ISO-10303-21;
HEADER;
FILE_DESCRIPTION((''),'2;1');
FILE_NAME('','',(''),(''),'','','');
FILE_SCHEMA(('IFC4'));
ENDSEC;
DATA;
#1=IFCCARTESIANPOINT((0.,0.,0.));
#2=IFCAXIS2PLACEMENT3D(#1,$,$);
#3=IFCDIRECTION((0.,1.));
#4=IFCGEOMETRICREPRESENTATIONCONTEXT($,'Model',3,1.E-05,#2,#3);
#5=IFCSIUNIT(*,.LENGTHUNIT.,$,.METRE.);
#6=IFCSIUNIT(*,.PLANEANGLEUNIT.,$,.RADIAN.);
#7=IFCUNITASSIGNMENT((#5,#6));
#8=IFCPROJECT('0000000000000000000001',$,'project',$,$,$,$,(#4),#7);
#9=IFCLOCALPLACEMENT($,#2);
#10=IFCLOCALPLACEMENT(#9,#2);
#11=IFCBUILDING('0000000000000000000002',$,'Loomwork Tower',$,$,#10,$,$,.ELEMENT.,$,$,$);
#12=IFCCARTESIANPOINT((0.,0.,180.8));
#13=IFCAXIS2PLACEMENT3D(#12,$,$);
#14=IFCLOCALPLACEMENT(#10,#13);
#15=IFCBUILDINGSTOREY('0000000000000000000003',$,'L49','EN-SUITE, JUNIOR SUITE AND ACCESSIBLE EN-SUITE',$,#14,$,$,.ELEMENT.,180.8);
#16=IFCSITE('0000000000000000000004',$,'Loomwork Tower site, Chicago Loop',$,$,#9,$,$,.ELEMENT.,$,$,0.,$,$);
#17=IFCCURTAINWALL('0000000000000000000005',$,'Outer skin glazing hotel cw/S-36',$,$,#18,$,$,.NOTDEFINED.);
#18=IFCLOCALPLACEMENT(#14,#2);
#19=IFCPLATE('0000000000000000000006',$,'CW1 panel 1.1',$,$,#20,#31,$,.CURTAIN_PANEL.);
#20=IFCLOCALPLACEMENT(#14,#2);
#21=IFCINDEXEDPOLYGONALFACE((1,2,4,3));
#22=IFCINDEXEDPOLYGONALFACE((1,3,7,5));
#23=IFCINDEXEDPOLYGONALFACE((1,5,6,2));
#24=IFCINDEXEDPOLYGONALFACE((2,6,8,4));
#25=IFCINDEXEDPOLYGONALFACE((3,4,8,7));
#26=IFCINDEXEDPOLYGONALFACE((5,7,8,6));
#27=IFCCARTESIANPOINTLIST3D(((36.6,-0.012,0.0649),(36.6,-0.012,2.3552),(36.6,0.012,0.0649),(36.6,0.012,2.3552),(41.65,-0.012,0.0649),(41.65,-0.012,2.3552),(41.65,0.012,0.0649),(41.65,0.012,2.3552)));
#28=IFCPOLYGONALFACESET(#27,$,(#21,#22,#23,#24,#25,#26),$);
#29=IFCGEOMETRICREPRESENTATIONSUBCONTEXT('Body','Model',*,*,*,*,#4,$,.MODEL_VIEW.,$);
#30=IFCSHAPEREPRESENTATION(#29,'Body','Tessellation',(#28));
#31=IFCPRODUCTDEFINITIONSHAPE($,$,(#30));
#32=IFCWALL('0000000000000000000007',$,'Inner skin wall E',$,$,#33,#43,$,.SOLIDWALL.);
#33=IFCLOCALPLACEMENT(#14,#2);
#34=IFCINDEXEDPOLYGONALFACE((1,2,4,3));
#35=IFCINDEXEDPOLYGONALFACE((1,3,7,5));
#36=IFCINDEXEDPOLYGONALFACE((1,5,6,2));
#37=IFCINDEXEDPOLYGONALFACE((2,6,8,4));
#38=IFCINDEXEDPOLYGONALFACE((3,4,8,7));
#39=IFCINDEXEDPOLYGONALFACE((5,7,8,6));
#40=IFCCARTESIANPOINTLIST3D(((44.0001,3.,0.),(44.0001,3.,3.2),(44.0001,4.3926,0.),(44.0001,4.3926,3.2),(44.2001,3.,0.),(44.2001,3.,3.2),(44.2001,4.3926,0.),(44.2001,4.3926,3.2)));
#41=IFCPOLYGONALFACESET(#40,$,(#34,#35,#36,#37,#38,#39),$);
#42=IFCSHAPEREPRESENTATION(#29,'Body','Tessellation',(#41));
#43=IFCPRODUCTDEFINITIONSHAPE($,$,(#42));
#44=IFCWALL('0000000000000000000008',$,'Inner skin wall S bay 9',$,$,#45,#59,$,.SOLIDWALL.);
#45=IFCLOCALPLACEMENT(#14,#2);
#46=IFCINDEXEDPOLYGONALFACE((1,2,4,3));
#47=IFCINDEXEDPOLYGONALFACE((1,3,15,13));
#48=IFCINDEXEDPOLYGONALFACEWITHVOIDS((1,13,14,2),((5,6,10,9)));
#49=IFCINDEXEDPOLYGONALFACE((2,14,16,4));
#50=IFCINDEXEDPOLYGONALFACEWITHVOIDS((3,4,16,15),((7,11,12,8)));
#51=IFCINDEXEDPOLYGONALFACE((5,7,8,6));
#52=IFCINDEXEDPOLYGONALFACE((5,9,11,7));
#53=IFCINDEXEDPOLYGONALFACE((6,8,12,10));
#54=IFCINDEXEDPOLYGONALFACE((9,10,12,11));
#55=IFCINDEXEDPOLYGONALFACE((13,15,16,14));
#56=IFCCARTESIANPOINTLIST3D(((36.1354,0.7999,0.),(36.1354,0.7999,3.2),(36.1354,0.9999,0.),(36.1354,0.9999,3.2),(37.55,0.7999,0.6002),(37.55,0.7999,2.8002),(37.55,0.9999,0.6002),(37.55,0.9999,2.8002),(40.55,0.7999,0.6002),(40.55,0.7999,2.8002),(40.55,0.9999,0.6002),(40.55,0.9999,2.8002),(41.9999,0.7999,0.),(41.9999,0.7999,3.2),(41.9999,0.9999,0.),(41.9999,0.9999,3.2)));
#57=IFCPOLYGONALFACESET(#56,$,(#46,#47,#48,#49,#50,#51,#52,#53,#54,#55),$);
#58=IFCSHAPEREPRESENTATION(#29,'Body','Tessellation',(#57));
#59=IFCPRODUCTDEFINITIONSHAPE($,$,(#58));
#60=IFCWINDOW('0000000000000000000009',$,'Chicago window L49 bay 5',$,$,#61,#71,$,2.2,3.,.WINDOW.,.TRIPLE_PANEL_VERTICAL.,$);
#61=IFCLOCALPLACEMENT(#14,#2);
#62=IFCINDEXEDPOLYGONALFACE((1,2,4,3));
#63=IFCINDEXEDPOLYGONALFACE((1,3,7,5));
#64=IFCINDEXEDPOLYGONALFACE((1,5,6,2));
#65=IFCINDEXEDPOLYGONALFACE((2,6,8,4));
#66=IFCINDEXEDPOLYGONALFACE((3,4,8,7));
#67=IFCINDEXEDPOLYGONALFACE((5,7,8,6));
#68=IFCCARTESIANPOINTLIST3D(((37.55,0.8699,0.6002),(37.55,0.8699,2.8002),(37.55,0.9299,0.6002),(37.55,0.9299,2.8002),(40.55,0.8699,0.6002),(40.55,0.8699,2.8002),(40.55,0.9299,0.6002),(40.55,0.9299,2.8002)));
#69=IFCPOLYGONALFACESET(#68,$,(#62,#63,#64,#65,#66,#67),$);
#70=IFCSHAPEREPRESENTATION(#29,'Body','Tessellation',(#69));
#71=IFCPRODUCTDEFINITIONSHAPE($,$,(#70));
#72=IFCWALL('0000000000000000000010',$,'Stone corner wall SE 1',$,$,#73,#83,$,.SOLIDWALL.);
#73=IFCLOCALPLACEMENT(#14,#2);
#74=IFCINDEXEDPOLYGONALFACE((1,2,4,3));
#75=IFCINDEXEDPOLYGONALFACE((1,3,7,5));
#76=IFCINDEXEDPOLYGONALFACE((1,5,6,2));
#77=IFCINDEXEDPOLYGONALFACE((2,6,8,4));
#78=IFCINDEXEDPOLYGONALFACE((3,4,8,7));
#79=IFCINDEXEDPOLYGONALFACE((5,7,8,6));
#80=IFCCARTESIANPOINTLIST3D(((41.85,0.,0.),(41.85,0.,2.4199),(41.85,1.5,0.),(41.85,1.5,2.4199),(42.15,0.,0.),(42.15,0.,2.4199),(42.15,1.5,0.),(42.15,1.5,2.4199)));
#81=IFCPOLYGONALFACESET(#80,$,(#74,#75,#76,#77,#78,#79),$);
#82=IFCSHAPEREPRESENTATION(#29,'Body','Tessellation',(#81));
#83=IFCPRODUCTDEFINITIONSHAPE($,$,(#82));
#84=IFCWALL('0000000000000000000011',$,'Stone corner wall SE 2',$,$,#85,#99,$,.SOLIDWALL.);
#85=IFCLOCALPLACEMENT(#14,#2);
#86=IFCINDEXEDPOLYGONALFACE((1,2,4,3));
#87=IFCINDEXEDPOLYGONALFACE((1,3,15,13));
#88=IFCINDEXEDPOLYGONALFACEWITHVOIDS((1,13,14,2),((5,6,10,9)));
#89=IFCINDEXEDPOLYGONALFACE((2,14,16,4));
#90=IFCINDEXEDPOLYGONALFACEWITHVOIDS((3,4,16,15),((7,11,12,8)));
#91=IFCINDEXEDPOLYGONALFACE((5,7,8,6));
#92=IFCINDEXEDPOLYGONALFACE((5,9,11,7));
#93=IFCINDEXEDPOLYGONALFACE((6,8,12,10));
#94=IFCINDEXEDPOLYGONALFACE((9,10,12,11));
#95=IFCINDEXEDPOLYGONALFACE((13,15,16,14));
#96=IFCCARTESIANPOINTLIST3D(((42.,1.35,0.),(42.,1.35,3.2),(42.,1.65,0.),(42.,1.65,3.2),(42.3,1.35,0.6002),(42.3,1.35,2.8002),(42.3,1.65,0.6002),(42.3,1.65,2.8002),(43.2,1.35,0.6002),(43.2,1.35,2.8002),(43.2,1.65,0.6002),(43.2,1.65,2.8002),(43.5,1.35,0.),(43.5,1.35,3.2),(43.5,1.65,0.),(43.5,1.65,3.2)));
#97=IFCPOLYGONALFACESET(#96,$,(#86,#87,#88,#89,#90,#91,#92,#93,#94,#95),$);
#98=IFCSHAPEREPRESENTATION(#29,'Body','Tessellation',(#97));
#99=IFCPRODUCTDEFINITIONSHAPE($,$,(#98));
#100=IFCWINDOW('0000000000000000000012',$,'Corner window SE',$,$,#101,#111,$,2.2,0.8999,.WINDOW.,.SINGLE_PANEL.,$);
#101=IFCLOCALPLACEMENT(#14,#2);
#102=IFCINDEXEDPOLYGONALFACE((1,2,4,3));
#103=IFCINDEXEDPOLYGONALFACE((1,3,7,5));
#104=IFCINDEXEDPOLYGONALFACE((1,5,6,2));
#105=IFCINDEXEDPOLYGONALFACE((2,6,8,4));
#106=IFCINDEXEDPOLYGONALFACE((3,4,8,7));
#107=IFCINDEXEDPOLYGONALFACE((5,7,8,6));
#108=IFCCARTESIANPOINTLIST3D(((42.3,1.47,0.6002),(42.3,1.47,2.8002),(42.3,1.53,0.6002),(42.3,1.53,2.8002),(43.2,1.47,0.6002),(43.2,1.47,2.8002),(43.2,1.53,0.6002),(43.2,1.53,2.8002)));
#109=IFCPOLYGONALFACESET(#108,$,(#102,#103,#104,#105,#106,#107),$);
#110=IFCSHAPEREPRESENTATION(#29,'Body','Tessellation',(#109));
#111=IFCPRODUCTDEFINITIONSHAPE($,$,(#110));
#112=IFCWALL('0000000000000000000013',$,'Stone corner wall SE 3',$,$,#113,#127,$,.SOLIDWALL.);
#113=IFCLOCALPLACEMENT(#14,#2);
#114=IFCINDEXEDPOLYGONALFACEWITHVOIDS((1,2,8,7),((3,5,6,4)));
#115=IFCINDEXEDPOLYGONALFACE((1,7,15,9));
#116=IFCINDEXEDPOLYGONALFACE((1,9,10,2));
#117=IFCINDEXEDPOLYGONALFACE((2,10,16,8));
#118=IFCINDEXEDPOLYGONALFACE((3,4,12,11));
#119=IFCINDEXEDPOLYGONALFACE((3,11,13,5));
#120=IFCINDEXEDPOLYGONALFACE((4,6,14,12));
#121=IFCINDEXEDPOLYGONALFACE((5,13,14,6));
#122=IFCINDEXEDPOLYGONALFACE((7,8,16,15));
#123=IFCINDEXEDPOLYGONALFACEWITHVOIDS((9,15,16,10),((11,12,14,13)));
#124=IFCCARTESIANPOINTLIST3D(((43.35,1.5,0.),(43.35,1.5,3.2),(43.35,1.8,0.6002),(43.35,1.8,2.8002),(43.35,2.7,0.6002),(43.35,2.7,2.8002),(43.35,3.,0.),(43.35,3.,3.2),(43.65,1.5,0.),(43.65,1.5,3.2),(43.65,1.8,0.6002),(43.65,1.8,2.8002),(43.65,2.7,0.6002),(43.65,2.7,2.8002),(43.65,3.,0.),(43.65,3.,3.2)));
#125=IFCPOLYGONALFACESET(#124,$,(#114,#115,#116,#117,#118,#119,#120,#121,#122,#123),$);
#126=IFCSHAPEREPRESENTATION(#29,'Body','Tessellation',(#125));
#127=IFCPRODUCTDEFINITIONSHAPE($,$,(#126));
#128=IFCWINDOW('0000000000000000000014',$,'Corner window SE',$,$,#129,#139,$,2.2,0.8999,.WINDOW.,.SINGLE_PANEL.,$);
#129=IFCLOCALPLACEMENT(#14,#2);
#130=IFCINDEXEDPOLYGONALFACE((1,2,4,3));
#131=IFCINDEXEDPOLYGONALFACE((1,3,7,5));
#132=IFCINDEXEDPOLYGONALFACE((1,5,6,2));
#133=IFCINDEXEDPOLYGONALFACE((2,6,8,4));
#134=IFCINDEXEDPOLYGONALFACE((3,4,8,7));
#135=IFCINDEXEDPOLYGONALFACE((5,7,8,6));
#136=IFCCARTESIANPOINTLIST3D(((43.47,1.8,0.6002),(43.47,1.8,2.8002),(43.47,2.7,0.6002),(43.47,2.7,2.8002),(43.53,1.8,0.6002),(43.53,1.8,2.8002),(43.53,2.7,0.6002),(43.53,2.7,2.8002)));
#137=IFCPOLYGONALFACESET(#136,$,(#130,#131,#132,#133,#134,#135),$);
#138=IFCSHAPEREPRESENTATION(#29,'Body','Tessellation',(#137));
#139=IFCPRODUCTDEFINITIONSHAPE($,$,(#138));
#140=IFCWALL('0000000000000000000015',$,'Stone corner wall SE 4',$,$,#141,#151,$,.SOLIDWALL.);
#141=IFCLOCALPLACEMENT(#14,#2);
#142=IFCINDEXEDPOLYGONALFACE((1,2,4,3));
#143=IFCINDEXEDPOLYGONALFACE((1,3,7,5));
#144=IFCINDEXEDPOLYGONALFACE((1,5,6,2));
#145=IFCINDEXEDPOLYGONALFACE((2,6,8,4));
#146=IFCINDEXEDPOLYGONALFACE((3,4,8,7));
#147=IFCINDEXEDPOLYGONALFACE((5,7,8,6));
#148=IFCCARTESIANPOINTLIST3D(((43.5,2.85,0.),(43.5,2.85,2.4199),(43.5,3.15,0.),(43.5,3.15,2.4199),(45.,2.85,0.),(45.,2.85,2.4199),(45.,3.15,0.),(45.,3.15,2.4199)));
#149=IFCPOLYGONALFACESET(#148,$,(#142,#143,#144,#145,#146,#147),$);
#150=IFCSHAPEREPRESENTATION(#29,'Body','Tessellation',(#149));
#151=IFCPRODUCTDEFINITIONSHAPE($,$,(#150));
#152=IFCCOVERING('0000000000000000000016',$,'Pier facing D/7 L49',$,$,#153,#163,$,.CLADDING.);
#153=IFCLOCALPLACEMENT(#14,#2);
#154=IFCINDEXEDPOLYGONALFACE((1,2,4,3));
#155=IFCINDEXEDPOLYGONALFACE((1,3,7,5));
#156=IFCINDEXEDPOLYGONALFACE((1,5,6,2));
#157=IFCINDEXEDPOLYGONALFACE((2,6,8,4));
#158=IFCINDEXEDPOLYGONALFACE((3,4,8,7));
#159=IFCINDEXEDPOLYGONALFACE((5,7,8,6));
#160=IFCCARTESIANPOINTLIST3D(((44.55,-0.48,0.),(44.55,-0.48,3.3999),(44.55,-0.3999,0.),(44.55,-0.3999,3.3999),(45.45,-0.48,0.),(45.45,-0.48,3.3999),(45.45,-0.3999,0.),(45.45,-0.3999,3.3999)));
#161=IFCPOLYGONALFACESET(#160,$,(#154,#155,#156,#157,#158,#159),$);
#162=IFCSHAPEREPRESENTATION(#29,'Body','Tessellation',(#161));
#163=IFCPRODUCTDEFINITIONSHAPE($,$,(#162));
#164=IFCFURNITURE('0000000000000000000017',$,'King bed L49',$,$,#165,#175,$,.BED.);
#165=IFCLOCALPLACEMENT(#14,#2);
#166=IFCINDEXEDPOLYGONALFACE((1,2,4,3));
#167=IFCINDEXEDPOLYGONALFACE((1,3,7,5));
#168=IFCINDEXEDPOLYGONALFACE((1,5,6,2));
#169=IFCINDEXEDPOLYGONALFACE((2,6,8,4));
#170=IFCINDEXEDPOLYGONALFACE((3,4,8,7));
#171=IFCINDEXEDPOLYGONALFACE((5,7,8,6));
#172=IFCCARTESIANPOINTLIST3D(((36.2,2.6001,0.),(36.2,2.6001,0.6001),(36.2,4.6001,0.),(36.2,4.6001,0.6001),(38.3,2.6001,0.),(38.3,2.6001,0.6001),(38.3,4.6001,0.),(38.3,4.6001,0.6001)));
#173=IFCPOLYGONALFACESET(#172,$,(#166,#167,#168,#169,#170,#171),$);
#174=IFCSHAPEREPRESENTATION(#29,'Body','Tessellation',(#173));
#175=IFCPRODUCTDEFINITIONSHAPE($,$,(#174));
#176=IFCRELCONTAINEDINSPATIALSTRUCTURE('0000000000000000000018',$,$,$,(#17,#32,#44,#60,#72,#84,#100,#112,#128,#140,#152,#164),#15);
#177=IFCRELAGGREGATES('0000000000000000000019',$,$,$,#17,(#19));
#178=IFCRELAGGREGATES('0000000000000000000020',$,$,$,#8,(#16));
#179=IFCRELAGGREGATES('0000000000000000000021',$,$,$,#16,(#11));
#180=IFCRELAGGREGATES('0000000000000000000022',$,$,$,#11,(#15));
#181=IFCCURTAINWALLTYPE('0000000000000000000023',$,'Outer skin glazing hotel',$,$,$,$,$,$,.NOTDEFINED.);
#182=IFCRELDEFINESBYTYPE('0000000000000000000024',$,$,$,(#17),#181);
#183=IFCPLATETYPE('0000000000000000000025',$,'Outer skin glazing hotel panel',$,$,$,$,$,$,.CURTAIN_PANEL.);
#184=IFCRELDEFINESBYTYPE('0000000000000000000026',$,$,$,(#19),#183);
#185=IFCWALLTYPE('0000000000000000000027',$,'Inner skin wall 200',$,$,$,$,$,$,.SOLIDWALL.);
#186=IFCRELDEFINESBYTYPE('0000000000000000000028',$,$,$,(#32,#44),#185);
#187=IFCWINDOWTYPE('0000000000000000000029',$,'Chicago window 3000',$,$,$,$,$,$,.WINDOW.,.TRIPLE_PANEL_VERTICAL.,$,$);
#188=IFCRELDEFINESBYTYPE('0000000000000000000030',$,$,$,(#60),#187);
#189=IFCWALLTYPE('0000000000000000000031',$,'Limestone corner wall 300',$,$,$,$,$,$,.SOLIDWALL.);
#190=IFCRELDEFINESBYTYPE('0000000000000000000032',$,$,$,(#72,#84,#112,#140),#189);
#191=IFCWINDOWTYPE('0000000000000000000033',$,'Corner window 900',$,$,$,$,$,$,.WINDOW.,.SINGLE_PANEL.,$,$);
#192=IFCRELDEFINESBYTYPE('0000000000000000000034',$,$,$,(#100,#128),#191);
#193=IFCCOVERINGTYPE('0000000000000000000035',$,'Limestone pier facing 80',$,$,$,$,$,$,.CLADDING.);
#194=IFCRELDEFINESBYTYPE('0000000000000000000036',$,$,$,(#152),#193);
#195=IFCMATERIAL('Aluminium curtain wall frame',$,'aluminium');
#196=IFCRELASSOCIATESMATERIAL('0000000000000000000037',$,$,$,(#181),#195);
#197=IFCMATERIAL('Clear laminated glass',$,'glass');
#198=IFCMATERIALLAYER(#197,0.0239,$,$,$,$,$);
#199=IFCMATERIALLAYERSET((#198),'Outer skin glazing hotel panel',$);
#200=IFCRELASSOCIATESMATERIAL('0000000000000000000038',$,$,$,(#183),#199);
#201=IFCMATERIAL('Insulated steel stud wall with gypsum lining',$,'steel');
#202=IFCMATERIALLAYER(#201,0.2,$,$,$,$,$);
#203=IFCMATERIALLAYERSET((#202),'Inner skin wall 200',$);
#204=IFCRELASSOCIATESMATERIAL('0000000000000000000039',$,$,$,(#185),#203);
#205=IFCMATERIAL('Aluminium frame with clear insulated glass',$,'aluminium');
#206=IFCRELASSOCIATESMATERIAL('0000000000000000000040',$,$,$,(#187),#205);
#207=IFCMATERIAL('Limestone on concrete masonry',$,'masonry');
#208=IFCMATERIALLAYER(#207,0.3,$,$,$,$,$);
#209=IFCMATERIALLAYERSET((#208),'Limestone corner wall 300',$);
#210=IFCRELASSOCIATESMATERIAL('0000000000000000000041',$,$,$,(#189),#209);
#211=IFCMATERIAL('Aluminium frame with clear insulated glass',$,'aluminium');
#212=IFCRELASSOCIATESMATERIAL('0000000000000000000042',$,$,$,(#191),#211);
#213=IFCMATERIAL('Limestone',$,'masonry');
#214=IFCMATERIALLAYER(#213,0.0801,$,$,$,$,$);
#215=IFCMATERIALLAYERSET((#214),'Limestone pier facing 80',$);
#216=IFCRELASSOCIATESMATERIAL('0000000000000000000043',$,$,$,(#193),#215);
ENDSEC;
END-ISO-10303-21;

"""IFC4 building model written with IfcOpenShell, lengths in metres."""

from ifc_helpers import new_model, si_unit, direction, frame, frame_2d, origin, origin_2d, place, context, subcontext, project, spatial, rectangle, extrude, material, layer, layer_set, type_object, element, fill, aggregate, save


model = new_model("IFC4")

# Units and contexts
model_context = context("Model", 3, precision=1e-05, world=origin(), true_north=direction((0.0, 1.0)))
body_context = subcontext(model_context, "Body", "Model", "MODEL_VIEW")
ifc_project = project(units=[si_unit("LENGTHUNIT", "METRE"), si_unit("PLANEANGLEUNIT", "RADIAN")], contexts=[model_context])

# Site, building, storey
site_placement = place(None, origin())
site = spatial("IfcSite", under=ifc_project, at=site_placement, Name="Loomwork Tower site, Chicago Loop", CompositionType="ELEMENT", RefElevation=0.0)
building_placement = place(site_placement, origin())
building = spatial("IfcBuilding", under=site, at=building_placement, Name="Loomwork Tower", CompositionType="ELEMENT")
storey_placement = place(building_placement, frame((0.0, 0.0, 180.8)))
storey = spatial("IfcBuildingStorey", under=building, at=storey_placement, Name="L49", Description="EN-SUITE, JUNIOR SUITE AND ACCESSIBLE EN-SUITE", CompositionType="ELEMENT", Elevation=180.8)

# Curtain wall
ifc_material_1 = material(Name="Aluminium curtain wall frame", Category="aluminium")
curtain_wall_type = type_object("IfcCurtainWallType", Name="Outer skin glazing hotel", PredefinedType="NOTDEFINED", material=ifc_material_1)
curtain_wall_1_placement = place(storey_placement, origin())
curtain_wall_1 = element("IfcCurtainWall", 1, at=curtain_wall_1_placement, inside=storey, type_object=curtain_wall_type, Name="Outer skin glazing hotel cw/S-36", PredefinedType="NOTDEFINED")

# Plate
ifc_material_2 = material(Name="Clear laminated glass", Category="glass")
ifc_layer_1 = layer(ifc_material_2, 0.0239)
ifc_layer_set_1 = layer_set([ifc_layer_1], Name="Outer skin glazing hotel panel")
plate_type = type_object("IfcPlateType", Name="Outer skin glazing hotel panel", PredefinedType="CURTAIN_PANEL", material=ifc_layer_set_1)
plate_placement = place(storey_placement, frame((39.125, 0.0, 0.0649), z_axis=(0.0, 0.0, 1.0), x_axis=(1.0, 0.0, 0.0)))
plate = element("IfcPlate", 2, at=plate_placement, type_object=plate_type, Name="CW1 panel 1.1", PredefinedType="CURTAIN_PANEL", context=body_context, shape_type="SweptSolid", body=[
    extrude(rectangle(XDim=5.05, YDim=0.0239, at=origin_2d()), origin(), (0.0, 0.0, 1.0), 2.2903),
])
aggregate(curtain_wall_1, [plate])

# Wall
ifc_material_3 = material(Name="Insulated steel stud wall with gypsum lining", Category="steel")
ifc_layer_2 = layer(ifc_material_3, 0.2)
ifc_layer_set_2 = layer_set([ifc_layer_2], Name="Inner skin wall 200")
wall_type_1 = type_object("IfcWallType", Name="Inner skin wall 200", PredefinedType="SOLIDWALL", material=ifc_layer_set_2)
wall_1_placement = place(storey_placement, frame((44.1001, 3.0, 0.0), z_axis=(0.0, 0.0, 1.0), x_axis=(0.0, 1.0, 0.0)))
element("IfcWall", 3, at=wall_1_placement, inside=storey, type_object=wall_type_1, Name="Inner skin wall E", PredefinedType="SOLIDWALL", context=body_context, shape_type="SweptSolid", body=[
    extrude(rectangle(XDim=1.3926, YDim=0.2, at=frame_2d((0.6963, 0.0))), origin(), (0.0, 0.0, 1.0), 3.2),
])

# Wall, opening, window
wall_2_placement = place(storey_placement, frame((36.1355, 0.8999, 0.0), z_axis=(0.0, 0.0, 1.0), x_axis=(1.0, 0.0, 0.0)))
wall_2 = element("IfcWall", 4, at=wall_2_placement, inside=storey, type_object=wall_type_1, Name="Inner skin wall S bay 9", PredefinedType="SOLIDWALL", context=body_context, shape_type="SweptSolid", body=[
    extrude(rectangle(XDim=5.8645, YDim=0.2, at=frame_2d((2.9321, 0.0))), origin(), (0.0, 0.0, 1.0), 3.2),
])
opening_1_placement = place(wall_2_placement, frame((1.4146, 0.0, 0.6001)))
opening_1 = element("IfcOpeningElement", 5, at=opening_1_placement, cuts=wall_2, PredefinedType="OPENING", context=body_context, shape_type="SweptSolid", body=[
    extrude(rectangle(XDim=3.0, YDim=2.2, at=frame_2d((1.5, 1.1001))), frame((0.0, 0.1099, 0.0), z_axis=(0.0, -1.0, 0.0), x_axis=(1.0, 0.0, 0.0)), (0.0, 0.0, 1.0), 0.22),
])
ifc_material_4 = material(Name="Aluminium frame with clear insulated glass", Category="aluminium")
window_type_1 = type_object("IfcWindowType", Name="Chicago window 3000", PartitioningType="TRIPLE_PANEL_VERTICAL", PredefinedType="WINDOW", material=ifc_material_4)
window_1_placement = place(opening_1_placement, origin())
window_1 = element("IfcWindow", 6, at=window_1_placement, inside=storey, type_object=window_type_1, Name="Chicago window L49 bay 5", OverallHeight=2.2, OverallWidth=3.0, PartitioningType="TRIPLE_PANEL_VERTICAL", PredefinedType="WINDOW", context=body_context, shape_type="SweptSolid", body=[
    extrude(rectangle(XDim=3.0, YDim=2.2, at=frame_2d((1.5, 1.1001))), frame((0.0, 0.03, 0.0), z_axis=(0.0, -1.0, 0.0), x_axis=(1.0, 0.0, 0.0)), (0.0, 0.0, 1.0), 0.0601),
])
fill(opening_1, window_1)

# Wall
ifc_material_5 = material(Name="Limestone on concrete masonry", Category="masonry")
ifc_layer_3 = layer(ifc_material_5, 0.3)
ifc_layer_set_3 = layer_set([ifc_layer_3], Name="Limestone corner wall 300")
wall_type_2 = type_object("IfcWallType", Name="Limestone corner wall 300", PredefinedType="SOLIDWALL", material=ifc_layer_set_3)
wall_3_placement = place(storey_placement, frame((42.0, 0.0, 0.0), z_axis=(0.0, 0.0, 1.0), x_axis=(0.0, 1.0, 0.0)))
element("IfcWall", 7, at=wall_3_placement, inside=storey, type_object=wall_type_2, Name="Stone corner wall SE 1", PredefinedType="SOLIDWALL", context=body_context, shape_type="SweptSolid", body=[
    extrude(rectangle(XDim=1.5, YDim=0.3, at=frame_2d((0.75, 0.0))), origin(), (0.0, 0.0, 1.0), 2.4199),
])

# Walls, openings, windows
wall_4_placement = place(storey_placement, frame((42.0, 1.5, 0.0), z_axis=(0.0, 0.0, 1.0), x_axis=(1.0, 0.0, 0.0)))
wall_4 = element("IfcWall", 8, at=wall_4_placement, inside=storey, type_object=wall_type_2, Name="Stone corner wall SE 2", PredefinedType="SOLIDWALL", context=body_context, shape_type="SweptSolid", body=[
    extrude(rectangle(XDim=1.5, YDim=0.3, at=frame_2d((0.75, 0.0))), origin(), (0.0, 0.0, 1.0), 3.2),
])
opening_2_placement = place(wall_4_placement, frame((0.3, 0.0, 0.6001)))
opening_2 = element("IfcOpeningElement", 9, at=opening_2_placement, cuts=wall_4, PredefinedType="OPENING", context=body_context, shape_type="SweptSolid", body=[
    extrude(rectangle(XDim=0.8999, YDim=2.2, at=frame_2d((0.45, 1.1001))), frame((0.0, 0.1599, 0.0), z_axis=(0.0, -1.0, 0.0), x_axis=(1.0, 0.0, 0.0)), (0.0, 0.0, 1.0), 0.3201),
])
ifc_material_6 = material(Name="Aluminium frame with clear insulated glass", Category="aluminium")
window_type_2 = type_object("IfcWindowType", Name="Corner window 900", PartitioningType="SINGLE_PANEL", PredefinedType="WINDOW", material=ifc_material_6)
window_2_placement = place(opening_2_placement, origin())
window_2 = element("IfcWindow", 10, at=window_2_placement, inside=storey, type_object=window_type_2, Name="Corner window SE", OverallHeight=2.2, OverallWidth=0.8999, PartitioningType="SINGLE_PANEL", PredefinedType="WINDOW", context=body_context, shape_type="SweptSolid", body=[
    extrude(rectangle(XDim=0.8999, YDim=2.2, at=frame_2d((0.45, 1.1001))), frame((0.0, 0.03, 0.0), z_axis=(0.0, -1.0, 0.0), x_axis=(1.0, 0.0, 0.0)), (0.0, 0.0, 1.0), 0.0601),
])
fill(opening_2, window_2)
wall_5_placement = place(storey_placement, frame((43.5, 1.5, 0.0), z_axis=(0.0, 0.0, 1.0), x_axis=(0.0, 1.0, 0.0)))
wall_5 = element("IfcWall", 11, at=wall_5_placement, inside=storey, type_object=wall_type_2, Name="Stone corner wall SE 3", PredefinedType="SOLIDWALL", context=body_context, shape_type="SweptSolid", body=[
    extrude(rectangle(XDim=1.5, YDim=0.3, at=frame_2d((0.75, 0.0))), origin(), (0.0, 0.0, 1.0), 3.2),
])
opening_3_placement = place(wall_5_placement, frame((0.3, 0.0, 0.6001)))
opening_3 = element("IfcOpeningElement", 12, at=opening_3_placement, cuts=wall_5, PredefinedType="OPENING", context=body_context, shape_type="SweptSolid", body=[
    extrude(rectangle(XDim=0.8999, YDim=2.2, at=frame_2d((0.45, 1.1001))), frame((0.0, 0.1599, 0.0), z_axis=(0.0, -1.0, 0.0), x_axis=(1.0, 0.0, 0.0)), (0.0, 0.0, 1.0), 0.3201),
])
window_3_placement = place(opening_3_placement, origin())
window_3 = element("IfcWindow", 13, at=window_3_placement, inside=storey, type_object=window_type_2, Name="Corner window SE", OverallHeight=2.2, OverallWidth=0.8999, PartitioningType="SINGLE_PANEL", PredefinedType="WINDOW", context=body_context, shape_type="SweptSolid", body=[
    extrude(rectangle(XDim=0.8999, YDim=2.2, at=frame_2d((0.45, 1.1001))), frame((0.0, 0.03, 0.0), z_axis=(0.0, -1.0, 0.0), x_axis=(1.0, 0.0, 0.0)), (0.0, 0.0, 1.0), 0.0601),
])
fill(opening_3, window_3)

# Wall
wall_6_placement = place(storey_placement, frame((43.5, 3.0, 0.0), z_axis=(0.0, 0.0, 1.0), x_axis=(1.0, 0.0, 0.0)))
element("IfcWall", 14, at=wall_6_placement, inside=storey, type_object=wall_type_2, Name="Stone corner wall SE 4", PredefinedType="SOLIDWALL", context=body_context, shape_type="SweptSolid", body=[
    extrude(rectangle(XDim=1.5, YDim=0.3, at=frame_2d((0.75, 0.0))), origin(), (0.0, 0.0, 1.0), 2.4199),
])

# Covering
ifc_material_7 = material(Name="Limestone", Category="masonry")
ifc_layer_4 = layer(ifc_material_7, 0.0801)
ifc_layer_set_4 = layer_set([ifc_layer_4], Name="Limestone pier facing 80")
covering_type = type_object("IfcCoveringType", Name="Limestone pier facing 80", PredefinedType="CLADDING", material=ifc_layer_set_4)
covering_placement = place(storey_placement, frame((45.0, -0.4399, 0.0), z_axis=(0.0, 0.0, 1.0), x_axis=(1.0, 0.0, 0.0)))
element("IfcCovering", 15, at=covering_placement, inside=storey, type_object=covering_type, Name="Pier facing D/7 L49", PredefinedType="CLADDING", context=body_context, shape_type="SweptSolid", body=[
    extrude(rectangle(XDim=0.8999, YDim=0.0801, at=origin_2d()), origin(), (0.0, 0.0, 1.0), 3.3999),
])

# Furniture
furniture_1_placement = place(storey_placement, frame((37.25, 3.6001, 0.0), z_axis=(0.0, 0.0, 1.0), x_axis=(1.0, 0.0, 0.0)))
element("IfcFurniture", 16, at=furniture_1_placement, inside=storey, Name="King bed L49", PredefinedType="BED", context=body_context, shape_type="SweptSolid", body=[
    extrude(rectangle(XDim=2.1001, YDim=2.0, at=origin_2d()), origin(), (0.0, 0.0, 1.0), 0.6001),
])

save(model, "model.ifc")
